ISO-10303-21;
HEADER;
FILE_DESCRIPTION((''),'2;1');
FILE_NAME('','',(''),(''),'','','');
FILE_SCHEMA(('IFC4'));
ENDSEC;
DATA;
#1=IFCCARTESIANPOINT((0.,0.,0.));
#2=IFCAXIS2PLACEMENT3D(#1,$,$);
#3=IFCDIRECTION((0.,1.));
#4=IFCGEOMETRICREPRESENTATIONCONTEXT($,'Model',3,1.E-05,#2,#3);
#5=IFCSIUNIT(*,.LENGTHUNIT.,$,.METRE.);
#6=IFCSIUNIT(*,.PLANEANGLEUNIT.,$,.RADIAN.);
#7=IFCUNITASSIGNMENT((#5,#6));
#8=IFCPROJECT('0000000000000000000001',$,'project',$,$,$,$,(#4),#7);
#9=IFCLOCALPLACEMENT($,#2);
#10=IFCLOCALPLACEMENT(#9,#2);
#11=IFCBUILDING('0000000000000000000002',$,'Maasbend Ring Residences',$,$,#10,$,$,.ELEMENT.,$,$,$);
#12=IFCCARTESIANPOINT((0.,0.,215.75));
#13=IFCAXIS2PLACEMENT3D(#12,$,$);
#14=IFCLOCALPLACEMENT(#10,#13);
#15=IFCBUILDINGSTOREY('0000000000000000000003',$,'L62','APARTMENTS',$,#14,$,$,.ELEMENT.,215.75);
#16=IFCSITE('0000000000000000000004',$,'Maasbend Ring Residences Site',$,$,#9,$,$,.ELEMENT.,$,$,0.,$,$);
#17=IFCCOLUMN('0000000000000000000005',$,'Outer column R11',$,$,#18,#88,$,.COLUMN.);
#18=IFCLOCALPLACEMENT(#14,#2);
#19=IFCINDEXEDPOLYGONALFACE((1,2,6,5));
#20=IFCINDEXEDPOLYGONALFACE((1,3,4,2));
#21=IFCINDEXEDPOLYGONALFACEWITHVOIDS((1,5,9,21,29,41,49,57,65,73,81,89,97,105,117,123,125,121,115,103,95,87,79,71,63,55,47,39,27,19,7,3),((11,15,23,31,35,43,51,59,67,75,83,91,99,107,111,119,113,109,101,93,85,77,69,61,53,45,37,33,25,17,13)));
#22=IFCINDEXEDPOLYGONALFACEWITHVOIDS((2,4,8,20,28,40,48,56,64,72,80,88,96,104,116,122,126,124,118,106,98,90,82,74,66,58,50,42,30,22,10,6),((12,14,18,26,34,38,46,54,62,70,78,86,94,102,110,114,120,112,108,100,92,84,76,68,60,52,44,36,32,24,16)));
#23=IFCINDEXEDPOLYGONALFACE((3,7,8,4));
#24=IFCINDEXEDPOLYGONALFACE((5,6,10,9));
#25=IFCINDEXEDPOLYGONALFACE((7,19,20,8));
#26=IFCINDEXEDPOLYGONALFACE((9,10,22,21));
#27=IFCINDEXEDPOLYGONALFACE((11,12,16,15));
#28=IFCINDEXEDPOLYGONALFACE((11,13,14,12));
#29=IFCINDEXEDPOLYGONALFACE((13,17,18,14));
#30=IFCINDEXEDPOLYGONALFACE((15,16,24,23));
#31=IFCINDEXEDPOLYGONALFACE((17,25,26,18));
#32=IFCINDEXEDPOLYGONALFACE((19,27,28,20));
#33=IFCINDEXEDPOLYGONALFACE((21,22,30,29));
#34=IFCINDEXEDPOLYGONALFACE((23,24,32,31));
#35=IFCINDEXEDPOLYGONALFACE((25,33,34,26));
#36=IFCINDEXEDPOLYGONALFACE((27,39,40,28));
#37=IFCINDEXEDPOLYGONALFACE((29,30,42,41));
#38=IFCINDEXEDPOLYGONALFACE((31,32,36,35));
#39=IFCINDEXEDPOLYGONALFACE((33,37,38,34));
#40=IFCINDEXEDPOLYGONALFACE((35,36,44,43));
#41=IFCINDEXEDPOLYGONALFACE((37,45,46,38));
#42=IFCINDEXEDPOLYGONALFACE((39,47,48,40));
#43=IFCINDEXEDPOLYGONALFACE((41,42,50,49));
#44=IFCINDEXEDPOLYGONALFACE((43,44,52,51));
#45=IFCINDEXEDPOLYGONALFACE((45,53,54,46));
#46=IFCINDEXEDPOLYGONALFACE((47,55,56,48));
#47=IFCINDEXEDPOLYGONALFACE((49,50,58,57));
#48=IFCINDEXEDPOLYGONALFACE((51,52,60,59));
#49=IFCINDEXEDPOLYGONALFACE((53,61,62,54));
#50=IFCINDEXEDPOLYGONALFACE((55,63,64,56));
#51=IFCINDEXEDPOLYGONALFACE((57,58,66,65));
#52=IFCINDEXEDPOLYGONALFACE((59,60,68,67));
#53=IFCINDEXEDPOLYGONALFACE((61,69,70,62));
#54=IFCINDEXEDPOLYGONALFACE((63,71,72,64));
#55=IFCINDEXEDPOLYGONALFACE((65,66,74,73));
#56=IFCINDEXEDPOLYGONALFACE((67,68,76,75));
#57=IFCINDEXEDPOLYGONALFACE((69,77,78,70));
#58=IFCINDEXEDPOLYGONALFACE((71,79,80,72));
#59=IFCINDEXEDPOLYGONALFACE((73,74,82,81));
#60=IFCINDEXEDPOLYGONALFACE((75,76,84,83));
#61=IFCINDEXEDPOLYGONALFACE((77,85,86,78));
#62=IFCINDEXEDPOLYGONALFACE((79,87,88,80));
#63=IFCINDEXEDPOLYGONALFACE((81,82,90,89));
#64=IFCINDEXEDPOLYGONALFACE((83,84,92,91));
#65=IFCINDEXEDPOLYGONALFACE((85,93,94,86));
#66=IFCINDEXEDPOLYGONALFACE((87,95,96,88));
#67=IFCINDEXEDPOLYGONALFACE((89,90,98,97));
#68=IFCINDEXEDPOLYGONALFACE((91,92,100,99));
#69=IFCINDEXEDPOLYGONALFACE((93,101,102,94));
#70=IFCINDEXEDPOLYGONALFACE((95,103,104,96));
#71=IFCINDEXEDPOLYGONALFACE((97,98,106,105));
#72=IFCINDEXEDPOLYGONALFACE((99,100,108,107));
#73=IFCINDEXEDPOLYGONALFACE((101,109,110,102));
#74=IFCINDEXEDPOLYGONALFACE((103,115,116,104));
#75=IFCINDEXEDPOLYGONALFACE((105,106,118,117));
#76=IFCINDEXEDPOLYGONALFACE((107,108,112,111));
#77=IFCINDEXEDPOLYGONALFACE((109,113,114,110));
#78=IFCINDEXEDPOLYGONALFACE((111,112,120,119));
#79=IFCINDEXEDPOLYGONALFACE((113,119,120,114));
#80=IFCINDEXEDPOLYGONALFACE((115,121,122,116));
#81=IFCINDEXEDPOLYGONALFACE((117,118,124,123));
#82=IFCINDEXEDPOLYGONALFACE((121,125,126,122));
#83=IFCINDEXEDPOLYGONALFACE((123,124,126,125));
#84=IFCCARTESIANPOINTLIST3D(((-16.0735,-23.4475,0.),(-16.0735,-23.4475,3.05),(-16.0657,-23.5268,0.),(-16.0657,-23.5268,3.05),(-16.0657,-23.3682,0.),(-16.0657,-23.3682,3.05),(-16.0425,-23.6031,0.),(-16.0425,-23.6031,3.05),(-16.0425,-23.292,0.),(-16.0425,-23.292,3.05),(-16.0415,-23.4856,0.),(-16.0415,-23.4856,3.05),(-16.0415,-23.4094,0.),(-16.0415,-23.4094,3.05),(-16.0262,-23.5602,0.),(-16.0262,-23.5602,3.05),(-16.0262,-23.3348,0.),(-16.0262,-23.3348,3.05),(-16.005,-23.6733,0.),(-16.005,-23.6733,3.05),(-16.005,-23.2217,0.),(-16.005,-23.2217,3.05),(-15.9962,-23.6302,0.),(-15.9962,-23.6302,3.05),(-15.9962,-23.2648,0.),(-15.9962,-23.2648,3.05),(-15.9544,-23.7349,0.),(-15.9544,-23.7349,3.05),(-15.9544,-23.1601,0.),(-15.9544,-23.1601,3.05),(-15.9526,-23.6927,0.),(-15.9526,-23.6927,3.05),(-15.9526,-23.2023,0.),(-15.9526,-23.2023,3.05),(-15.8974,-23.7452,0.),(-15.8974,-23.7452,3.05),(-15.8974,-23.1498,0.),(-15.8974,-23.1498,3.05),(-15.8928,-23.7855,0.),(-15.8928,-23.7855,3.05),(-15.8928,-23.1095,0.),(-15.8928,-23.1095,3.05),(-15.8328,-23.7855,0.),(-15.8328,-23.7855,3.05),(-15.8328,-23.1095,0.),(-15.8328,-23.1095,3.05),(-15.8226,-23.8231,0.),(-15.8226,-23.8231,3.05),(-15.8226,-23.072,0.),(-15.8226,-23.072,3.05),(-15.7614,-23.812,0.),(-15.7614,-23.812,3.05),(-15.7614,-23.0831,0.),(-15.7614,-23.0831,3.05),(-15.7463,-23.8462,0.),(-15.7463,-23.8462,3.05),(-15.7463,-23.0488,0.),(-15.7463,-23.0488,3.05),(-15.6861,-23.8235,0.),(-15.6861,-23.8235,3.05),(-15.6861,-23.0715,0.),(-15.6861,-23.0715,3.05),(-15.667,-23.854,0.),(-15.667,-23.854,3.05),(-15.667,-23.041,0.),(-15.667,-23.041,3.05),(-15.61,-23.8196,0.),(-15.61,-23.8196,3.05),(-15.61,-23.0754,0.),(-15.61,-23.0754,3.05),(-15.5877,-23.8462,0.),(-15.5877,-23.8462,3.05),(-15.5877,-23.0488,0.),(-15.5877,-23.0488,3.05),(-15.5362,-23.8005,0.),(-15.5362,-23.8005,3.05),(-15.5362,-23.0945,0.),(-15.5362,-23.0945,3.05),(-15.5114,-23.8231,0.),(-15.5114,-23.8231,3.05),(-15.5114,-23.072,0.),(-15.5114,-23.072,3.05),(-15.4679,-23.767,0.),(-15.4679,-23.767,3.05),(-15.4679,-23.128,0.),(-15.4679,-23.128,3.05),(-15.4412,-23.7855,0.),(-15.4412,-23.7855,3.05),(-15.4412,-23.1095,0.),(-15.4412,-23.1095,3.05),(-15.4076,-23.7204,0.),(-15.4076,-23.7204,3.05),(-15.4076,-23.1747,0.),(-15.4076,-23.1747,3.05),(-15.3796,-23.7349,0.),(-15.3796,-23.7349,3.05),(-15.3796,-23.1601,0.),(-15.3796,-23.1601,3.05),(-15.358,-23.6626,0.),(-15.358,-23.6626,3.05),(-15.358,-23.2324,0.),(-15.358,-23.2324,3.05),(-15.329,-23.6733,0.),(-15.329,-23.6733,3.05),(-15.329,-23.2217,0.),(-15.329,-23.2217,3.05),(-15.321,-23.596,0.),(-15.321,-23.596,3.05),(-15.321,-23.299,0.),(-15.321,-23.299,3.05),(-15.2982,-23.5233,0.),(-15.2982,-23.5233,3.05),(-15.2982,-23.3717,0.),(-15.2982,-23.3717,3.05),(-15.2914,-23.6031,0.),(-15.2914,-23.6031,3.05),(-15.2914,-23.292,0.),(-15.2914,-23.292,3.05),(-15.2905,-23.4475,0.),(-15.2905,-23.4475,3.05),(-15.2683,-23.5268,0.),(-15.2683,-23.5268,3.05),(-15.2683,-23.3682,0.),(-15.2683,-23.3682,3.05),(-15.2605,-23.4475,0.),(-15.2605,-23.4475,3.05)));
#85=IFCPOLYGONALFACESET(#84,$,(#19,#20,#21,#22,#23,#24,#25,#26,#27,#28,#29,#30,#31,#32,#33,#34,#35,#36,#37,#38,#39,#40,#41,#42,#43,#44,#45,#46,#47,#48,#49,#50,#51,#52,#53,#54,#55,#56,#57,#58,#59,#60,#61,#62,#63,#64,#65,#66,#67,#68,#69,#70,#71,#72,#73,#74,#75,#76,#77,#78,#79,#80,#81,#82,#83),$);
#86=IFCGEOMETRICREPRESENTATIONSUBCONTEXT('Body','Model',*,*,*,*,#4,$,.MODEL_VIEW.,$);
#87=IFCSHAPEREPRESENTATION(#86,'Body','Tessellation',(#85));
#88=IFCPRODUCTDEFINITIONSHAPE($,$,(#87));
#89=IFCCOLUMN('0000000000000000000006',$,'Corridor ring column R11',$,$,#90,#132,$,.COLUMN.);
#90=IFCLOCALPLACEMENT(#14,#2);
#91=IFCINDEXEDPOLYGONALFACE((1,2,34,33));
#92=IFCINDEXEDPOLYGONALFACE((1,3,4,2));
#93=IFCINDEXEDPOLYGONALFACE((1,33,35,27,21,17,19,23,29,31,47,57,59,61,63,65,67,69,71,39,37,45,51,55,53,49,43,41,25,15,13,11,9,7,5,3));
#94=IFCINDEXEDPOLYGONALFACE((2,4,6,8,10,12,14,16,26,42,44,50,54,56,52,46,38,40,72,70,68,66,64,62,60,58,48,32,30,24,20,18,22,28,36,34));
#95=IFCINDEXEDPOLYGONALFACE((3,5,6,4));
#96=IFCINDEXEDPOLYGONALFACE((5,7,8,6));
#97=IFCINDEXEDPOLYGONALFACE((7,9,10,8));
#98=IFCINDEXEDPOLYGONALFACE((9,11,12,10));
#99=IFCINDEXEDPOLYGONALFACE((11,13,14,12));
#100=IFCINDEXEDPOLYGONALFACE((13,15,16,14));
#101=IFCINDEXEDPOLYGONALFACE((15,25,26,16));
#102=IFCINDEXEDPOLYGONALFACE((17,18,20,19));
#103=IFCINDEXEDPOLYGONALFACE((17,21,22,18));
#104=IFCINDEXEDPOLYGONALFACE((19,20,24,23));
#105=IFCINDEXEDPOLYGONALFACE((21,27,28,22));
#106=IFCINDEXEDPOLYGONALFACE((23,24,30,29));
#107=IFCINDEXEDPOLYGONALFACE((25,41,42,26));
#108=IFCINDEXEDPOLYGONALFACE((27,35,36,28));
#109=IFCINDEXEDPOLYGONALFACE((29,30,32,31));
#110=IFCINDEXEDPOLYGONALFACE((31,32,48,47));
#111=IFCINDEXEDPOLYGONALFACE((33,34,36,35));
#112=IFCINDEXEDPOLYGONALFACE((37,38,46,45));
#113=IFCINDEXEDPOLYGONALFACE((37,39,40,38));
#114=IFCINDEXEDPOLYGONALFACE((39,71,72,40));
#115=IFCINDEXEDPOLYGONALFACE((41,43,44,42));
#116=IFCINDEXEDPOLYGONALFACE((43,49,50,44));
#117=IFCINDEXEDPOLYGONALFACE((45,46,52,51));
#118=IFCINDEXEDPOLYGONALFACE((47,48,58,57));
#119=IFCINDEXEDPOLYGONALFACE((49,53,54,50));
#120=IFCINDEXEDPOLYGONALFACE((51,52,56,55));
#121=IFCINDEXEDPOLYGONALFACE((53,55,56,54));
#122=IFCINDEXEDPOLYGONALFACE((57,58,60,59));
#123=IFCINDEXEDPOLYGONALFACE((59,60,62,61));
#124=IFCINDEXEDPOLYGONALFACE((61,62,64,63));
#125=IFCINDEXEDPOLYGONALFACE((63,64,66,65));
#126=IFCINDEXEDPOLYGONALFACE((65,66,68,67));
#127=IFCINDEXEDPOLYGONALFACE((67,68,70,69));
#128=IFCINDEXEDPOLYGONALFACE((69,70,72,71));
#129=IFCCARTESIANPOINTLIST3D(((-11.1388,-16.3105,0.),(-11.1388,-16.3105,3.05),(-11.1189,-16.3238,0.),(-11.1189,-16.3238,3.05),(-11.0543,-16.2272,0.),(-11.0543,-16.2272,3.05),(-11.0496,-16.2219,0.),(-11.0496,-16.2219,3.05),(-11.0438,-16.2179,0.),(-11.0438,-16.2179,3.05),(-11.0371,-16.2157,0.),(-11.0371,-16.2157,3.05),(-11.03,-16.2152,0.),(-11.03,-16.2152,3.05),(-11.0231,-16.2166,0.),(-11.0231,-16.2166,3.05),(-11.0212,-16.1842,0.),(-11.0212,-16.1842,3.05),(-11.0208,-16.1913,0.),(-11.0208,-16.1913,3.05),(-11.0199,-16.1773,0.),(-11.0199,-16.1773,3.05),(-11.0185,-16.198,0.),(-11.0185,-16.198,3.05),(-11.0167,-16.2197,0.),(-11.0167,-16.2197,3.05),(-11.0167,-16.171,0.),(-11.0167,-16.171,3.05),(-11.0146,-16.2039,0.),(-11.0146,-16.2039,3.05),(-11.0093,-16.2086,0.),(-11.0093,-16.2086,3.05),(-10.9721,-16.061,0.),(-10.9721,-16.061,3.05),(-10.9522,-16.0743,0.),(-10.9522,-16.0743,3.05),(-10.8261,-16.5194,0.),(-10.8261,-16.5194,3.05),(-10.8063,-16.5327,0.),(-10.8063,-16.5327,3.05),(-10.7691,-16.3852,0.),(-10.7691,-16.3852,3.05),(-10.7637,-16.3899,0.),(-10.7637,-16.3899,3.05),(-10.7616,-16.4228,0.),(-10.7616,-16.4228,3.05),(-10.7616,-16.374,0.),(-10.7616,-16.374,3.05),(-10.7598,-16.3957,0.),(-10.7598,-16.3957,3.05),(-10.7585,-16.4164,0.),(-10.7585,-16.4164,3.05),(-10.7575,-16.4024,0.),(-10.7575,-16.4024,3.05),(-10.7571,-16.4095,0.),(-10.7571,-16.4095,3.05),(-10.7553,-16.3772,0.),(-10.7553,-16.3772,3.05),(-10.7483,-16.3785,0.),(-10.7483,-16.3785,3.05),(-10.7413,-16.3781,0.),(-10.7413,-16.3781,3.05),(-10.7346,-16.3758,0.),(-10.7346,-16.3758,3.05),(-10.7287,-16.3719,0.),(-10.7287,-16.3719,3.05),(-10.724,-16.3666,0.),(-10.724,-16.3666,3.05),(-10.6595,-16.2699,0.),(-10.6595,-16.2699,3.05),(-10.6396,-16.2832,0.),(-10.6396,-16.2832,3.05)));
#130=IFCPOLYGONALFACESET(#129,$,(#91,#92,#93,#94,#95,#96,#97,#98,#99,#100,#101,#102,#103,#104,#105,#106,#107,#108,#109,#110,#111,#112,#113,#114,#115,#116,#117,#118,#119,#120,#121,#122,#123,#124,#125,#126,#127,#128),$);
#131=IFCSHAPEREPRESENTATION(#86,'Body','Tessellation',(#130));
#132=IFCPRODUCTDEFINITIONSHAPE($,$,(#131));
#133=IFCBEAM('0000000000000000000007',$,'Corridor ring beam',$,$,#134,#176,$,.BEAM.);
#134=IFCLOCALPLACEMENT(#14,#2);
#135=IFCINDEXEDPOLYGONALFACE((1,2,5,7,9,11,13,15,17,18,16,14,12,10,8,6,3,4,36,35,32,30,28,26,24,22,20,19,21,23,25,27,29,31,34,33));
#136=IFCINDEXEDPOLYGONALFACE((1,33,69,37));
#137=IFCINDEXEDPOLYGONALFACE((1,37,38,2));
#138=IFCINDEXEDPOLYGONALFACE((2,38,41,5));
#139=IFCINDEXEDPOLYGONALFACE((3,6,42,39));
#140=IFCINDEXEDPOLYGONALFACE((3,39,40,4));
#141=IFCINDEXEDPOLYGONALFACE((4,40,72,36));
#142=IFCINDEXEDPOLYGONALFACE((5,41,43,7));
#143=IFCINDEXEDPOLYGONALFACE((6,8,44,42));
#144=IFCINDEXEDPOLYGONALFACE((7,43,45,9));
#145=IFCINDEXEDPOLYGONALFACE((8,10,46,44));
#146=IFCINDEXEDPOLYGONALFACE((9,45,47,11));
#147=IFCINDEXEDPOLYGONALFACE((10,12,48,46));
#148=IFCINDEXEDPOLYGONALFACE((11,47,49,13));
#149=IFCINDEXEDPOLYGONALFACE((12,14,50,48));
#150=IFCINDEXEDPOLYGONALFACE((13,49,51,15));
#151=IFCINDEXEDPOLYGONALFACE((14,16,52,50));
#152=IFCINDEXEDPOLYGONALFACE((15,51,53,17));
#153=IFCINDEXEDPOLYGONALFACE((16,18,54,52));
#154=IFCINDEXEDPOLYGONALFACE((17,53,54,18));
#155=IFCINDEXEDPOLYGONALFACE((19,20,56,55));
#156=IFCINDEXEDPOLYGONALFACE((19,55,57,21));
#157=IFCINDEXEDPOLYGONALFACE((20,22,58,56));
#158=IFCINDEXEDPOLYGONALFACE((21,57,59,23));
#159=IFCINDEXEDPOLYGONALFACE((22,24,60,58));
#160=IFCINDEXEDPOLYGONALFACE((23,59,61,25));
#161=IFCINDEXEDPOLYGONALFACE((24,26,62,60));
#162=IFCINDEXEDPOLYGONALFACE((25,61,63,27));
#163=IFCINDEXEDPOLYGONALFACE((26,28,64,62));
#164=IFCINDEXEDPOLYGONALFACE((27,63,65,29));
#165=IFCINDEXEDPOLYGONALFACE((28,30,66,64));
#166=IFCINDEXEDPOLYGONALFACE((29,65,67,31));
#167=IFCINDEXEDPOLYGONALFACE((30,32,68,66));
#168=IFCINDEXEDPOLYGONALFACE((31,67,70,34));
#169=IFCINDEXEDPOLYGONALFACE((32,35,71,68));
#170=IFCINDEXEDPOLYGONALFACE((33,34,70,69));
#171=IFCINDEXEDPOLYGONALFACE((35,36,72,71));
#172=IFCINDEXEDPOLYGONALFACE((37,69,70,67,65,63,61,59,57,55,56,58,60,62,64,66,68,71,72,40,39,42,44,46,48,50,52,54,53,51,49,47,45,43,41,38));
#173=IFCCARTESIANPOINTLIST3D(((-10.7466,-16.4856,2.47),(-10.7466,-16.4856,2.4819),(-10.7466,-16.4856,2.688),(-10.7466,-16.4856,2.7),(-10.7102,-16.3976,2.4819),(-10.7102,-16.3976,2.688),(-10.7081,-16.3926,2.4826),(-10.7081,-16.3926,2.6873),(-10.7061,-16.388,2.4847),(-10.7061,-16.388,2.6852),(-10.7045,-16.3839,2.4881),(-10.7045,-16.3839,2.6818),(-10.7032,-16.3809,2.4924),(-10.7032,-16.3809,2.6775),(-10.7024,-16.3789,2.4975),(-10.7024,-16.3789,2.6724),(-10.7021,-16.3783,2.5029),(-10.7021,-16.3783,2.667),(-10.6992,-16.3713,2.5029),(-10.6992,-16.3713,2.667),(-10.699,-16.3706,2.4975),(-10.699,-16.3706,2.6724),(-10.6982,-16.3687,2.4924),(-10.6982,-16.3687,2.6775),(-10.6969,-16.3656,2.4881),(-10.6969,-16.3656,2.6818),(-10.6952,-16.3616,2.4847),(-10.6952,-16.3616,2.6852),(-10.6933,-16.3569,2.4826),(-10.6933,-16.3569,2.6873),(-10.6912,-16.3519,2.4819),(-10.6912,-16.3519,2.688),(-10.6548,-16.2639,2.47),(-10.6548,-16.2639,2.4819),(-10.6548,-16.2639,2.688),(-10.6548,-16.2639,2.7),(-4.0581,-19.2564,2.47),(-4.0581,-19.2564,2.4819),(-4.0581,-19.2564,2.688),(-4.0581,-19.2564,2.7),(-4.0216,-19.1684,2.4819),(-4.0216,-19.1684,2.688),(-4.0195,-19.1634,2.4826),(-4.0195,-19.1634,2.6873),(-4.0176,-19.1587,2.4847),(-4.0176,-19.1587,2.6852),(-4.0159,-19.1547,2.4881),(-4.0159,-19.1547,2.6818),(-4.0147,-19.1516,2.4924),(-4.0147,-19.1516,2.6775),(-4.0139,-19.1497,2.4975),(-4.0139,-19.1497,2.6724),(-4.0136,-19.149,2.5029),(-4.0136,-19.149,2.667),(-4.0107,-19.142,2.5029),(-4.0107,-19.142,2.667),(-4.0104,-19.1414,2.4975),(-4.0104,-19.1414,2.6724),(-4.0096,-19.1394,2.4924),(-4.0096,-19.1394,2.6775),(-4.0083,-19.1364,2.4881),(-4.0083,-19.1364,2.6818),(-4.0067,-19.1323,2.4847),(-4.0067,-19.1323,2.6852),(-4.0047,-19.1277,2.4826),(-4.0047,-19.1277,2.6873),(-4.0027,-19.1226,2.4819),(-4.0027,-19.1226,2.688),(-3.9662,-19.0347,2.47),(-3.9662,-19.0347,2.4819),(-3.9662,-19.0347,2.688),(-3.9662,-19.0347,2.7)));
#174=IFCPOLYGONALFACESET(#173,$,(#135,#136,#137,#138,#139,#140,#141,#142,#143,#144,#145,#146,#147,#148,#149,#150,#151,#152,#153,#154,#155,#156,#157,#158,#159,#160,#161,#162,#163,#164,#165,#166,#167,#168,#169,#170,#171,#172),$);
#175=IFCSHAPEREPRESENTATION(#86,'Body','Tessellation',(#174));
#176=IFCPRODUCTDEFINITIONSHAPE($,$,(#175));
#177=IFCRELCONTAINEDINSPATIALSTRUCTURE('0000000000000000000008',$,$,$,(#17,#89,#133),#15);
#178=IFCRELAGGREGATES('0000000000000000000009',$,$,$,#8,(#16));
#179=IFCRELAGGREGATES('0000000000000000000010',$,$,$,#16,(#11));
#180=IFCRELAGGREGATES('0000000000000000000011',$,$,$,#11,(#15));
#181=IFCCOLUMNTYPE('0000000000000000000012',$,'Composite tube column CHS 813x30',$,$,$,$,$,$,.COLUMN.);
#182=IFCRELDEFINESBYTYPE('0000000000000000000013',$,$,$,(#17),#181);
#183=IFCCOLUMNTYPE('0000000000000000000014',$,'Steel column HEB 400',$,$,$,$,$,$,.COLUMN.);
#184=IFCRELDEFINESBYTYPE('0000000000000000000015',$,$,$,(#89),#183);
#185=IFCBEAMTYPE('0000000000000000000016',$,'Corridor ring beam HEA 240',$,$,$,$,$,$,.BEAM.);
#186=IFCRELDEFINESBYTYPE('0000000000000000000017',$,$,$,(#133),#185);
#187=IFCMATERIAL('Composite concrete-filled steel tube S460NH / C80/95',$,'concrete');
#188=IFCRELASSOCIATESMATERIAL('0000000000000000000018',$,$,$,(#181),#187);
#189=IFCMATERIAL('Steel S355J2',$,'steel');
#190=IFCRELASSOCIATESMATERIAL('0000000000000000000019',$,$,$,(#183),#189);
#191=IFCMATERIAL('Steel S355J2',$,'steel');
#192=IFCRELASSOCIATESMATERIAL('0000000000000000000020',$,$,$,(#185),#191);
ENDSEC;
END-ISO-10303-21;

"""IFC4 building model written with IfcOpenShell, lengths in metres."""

from ifc_helpers import new_model, si_unit, direction, frame, origin, origin_2d, place, context, subcontext, project, spatial, hollow_circle, i_section, extrude, material, material_profile, profile_set, type_object, element, save


model = new_model("IFC4")

# Units and contexts
model_context = context("Model", 3, precision=1e-05, world=origin(), true_north=direction((0.0, 1.0)))
body_context = subcontext(model_context, "Body", "Model", "MODEL_VIEW")
ifc_project = project(units=[si_unit("LENGTHUNIT", "METRE"), si_unit("PLANEANGLEUNIT", "RADIAN")], contexts=[model_context])

# Site, building, storey
site_placement = place(None, origin())
site = spatial("IfcSite", under=ifc_project, at=site_placement, Name="Maasbend Ring Residences Site", CompositionType="ELEMENT", RefElevation=0.0)
building_placement = place(site_placement, origin())
building = spatial("IfcBuilding", under=site, at=building_placement, Name="Maasbend Ring Residences", CompositionType="ELEMENT")
storey_placement = place(building_placement, frame((0.0, 0.0, 215.75)))
storey = spatial("IfcBuildingStorey", under=building, at=storey_placement, Name="L62", Description="APARTMENTS", CompositionType="ELEMENT", Elevation=215.75)

# Columns
ifc_material_1 = material(Name="Composite concrete-filled steel tube S460NH / C80/95", Category="concrete")
ifc_material_profile_1 = material_profile(ifc_material_1, hollow_circle(Radius=0.4065, WallThickness=0.03, at=origin_2d()), Name="Composite tube column CHS 813x30")
ifc_profile_set_1 = profile_set([ifc_material_profile_1], Name="Composite concrete-filled steel tube S460NH / C80/95")
column_type_1 = type_object("IfcColumnType", Name="Composite tube column CHS 813x30", PredefinedType="COLUMN", material=ifc_profile_set_1)
column_1_placement = place(storey_placement, frame((-15.667, -23.4475, 0.0), z_axis=(0.0, 0.0, 1.0), x_axis=(1.0, 0.0, 0.0)))
element("IfcColumn", 1, at=column_1_placement, inside=storey, type_object=column_type_1, Name="Outer column R11", PredefinedType="COLUMN", context=body_context, shape_type="SweptSolid", body=[
    extrude(hollow_circle(Radius=0.4065, WallThickness=0.03, at=origin_2d()), origin(), (0.0, 0.0, 1.0), 3.05),
])
ifc_material_2 = material(Name="Steel S355J2", Category="steel")
ifc_material_profile_2 = material_profile(ifc_material_2, i_section(OverallWidth=0.3, OverallDepth=0.3999, WebThickness=0.0134, FlangeThickness=0.0239, FilletRadius=0.0271, at=origin_2d()), Name="HEB 400")
ifc_profile_set_2 = profile_set([ifc_material_profile_2], Name="Steel S355J2")
column_type_2 = type_object("IfcColumnType", Name="Steel column HEB 400", PredefinedType="COLUMN", material=ifc_profile_set_2)
column_2_placement = place(storey_placement, frame((-10.8892, -16.2969, 0.0), z_axis=(0.0, 0.0, 1.0), x_axis=(-0.55557, -0.83147, 0.0)))
element("IfcColumn", 2, at=column_2_placement, inside=storey, type_object=column_type_2, Name="Corridor ring column R11", PredefinedType="COLUMN", context=body_context, shape_type="SweptSolid", body=[
    extrude(i_section(OverallWidth=0.3, OverallDepth=0.3999, WebThickness=0.0134, FlangeThickness=0.0239, FilletRadius=0.0271, at=origin_2d()), origin(), (0.0, 0.0, 1.0), 3.05),
])

# Beam
ifc_material_3 = material(Name="Steel S355J2", Category="steel")
ifc_material_profile_3 = material_profile(ifc_material_3, i_section(OverallWidth=0.24, OverallDepth=0.23, WebThickness=0.0076, FlangeThickness=0.012, FilletRadius=0.021, at=origin_2d()), Name="HEA 240")
ifc_profile_set_3 = profile_set([ifc_material_profile_3], Name="Steel S355J2")
beam_type_1 = type_object("IfcBeamType", Name="Corridor ring beam HEA 240", PredefinedType="BEAM", material=ifc_profile_set_3)
beam_1_placement = place(storey_placement, frame((-10.7007, -16.3748, 2.585), z_axis=(0.923865, -0.382718, 0.0), x_axis=(0.382718, 0.923865, 0.0)))
element("IfcBeam", 3, at=beam_1_placement, inside=storey, type_object=beam_type_1, Name="Corridor ring beam", PredefinedType="BEAM", context=body_context, shape_type="SweptSolid", body=[
    extrude(i_section(OverallWidth=0.24, OverallDepth=0.23, WebThickness=0.0076, FlangeThickness=0.012, FilletRadius=0.021, at=origin_2d()), origin(), (0.0, 0.0, 1.0), 7.2397),
])

save(model, "model.ifc")
